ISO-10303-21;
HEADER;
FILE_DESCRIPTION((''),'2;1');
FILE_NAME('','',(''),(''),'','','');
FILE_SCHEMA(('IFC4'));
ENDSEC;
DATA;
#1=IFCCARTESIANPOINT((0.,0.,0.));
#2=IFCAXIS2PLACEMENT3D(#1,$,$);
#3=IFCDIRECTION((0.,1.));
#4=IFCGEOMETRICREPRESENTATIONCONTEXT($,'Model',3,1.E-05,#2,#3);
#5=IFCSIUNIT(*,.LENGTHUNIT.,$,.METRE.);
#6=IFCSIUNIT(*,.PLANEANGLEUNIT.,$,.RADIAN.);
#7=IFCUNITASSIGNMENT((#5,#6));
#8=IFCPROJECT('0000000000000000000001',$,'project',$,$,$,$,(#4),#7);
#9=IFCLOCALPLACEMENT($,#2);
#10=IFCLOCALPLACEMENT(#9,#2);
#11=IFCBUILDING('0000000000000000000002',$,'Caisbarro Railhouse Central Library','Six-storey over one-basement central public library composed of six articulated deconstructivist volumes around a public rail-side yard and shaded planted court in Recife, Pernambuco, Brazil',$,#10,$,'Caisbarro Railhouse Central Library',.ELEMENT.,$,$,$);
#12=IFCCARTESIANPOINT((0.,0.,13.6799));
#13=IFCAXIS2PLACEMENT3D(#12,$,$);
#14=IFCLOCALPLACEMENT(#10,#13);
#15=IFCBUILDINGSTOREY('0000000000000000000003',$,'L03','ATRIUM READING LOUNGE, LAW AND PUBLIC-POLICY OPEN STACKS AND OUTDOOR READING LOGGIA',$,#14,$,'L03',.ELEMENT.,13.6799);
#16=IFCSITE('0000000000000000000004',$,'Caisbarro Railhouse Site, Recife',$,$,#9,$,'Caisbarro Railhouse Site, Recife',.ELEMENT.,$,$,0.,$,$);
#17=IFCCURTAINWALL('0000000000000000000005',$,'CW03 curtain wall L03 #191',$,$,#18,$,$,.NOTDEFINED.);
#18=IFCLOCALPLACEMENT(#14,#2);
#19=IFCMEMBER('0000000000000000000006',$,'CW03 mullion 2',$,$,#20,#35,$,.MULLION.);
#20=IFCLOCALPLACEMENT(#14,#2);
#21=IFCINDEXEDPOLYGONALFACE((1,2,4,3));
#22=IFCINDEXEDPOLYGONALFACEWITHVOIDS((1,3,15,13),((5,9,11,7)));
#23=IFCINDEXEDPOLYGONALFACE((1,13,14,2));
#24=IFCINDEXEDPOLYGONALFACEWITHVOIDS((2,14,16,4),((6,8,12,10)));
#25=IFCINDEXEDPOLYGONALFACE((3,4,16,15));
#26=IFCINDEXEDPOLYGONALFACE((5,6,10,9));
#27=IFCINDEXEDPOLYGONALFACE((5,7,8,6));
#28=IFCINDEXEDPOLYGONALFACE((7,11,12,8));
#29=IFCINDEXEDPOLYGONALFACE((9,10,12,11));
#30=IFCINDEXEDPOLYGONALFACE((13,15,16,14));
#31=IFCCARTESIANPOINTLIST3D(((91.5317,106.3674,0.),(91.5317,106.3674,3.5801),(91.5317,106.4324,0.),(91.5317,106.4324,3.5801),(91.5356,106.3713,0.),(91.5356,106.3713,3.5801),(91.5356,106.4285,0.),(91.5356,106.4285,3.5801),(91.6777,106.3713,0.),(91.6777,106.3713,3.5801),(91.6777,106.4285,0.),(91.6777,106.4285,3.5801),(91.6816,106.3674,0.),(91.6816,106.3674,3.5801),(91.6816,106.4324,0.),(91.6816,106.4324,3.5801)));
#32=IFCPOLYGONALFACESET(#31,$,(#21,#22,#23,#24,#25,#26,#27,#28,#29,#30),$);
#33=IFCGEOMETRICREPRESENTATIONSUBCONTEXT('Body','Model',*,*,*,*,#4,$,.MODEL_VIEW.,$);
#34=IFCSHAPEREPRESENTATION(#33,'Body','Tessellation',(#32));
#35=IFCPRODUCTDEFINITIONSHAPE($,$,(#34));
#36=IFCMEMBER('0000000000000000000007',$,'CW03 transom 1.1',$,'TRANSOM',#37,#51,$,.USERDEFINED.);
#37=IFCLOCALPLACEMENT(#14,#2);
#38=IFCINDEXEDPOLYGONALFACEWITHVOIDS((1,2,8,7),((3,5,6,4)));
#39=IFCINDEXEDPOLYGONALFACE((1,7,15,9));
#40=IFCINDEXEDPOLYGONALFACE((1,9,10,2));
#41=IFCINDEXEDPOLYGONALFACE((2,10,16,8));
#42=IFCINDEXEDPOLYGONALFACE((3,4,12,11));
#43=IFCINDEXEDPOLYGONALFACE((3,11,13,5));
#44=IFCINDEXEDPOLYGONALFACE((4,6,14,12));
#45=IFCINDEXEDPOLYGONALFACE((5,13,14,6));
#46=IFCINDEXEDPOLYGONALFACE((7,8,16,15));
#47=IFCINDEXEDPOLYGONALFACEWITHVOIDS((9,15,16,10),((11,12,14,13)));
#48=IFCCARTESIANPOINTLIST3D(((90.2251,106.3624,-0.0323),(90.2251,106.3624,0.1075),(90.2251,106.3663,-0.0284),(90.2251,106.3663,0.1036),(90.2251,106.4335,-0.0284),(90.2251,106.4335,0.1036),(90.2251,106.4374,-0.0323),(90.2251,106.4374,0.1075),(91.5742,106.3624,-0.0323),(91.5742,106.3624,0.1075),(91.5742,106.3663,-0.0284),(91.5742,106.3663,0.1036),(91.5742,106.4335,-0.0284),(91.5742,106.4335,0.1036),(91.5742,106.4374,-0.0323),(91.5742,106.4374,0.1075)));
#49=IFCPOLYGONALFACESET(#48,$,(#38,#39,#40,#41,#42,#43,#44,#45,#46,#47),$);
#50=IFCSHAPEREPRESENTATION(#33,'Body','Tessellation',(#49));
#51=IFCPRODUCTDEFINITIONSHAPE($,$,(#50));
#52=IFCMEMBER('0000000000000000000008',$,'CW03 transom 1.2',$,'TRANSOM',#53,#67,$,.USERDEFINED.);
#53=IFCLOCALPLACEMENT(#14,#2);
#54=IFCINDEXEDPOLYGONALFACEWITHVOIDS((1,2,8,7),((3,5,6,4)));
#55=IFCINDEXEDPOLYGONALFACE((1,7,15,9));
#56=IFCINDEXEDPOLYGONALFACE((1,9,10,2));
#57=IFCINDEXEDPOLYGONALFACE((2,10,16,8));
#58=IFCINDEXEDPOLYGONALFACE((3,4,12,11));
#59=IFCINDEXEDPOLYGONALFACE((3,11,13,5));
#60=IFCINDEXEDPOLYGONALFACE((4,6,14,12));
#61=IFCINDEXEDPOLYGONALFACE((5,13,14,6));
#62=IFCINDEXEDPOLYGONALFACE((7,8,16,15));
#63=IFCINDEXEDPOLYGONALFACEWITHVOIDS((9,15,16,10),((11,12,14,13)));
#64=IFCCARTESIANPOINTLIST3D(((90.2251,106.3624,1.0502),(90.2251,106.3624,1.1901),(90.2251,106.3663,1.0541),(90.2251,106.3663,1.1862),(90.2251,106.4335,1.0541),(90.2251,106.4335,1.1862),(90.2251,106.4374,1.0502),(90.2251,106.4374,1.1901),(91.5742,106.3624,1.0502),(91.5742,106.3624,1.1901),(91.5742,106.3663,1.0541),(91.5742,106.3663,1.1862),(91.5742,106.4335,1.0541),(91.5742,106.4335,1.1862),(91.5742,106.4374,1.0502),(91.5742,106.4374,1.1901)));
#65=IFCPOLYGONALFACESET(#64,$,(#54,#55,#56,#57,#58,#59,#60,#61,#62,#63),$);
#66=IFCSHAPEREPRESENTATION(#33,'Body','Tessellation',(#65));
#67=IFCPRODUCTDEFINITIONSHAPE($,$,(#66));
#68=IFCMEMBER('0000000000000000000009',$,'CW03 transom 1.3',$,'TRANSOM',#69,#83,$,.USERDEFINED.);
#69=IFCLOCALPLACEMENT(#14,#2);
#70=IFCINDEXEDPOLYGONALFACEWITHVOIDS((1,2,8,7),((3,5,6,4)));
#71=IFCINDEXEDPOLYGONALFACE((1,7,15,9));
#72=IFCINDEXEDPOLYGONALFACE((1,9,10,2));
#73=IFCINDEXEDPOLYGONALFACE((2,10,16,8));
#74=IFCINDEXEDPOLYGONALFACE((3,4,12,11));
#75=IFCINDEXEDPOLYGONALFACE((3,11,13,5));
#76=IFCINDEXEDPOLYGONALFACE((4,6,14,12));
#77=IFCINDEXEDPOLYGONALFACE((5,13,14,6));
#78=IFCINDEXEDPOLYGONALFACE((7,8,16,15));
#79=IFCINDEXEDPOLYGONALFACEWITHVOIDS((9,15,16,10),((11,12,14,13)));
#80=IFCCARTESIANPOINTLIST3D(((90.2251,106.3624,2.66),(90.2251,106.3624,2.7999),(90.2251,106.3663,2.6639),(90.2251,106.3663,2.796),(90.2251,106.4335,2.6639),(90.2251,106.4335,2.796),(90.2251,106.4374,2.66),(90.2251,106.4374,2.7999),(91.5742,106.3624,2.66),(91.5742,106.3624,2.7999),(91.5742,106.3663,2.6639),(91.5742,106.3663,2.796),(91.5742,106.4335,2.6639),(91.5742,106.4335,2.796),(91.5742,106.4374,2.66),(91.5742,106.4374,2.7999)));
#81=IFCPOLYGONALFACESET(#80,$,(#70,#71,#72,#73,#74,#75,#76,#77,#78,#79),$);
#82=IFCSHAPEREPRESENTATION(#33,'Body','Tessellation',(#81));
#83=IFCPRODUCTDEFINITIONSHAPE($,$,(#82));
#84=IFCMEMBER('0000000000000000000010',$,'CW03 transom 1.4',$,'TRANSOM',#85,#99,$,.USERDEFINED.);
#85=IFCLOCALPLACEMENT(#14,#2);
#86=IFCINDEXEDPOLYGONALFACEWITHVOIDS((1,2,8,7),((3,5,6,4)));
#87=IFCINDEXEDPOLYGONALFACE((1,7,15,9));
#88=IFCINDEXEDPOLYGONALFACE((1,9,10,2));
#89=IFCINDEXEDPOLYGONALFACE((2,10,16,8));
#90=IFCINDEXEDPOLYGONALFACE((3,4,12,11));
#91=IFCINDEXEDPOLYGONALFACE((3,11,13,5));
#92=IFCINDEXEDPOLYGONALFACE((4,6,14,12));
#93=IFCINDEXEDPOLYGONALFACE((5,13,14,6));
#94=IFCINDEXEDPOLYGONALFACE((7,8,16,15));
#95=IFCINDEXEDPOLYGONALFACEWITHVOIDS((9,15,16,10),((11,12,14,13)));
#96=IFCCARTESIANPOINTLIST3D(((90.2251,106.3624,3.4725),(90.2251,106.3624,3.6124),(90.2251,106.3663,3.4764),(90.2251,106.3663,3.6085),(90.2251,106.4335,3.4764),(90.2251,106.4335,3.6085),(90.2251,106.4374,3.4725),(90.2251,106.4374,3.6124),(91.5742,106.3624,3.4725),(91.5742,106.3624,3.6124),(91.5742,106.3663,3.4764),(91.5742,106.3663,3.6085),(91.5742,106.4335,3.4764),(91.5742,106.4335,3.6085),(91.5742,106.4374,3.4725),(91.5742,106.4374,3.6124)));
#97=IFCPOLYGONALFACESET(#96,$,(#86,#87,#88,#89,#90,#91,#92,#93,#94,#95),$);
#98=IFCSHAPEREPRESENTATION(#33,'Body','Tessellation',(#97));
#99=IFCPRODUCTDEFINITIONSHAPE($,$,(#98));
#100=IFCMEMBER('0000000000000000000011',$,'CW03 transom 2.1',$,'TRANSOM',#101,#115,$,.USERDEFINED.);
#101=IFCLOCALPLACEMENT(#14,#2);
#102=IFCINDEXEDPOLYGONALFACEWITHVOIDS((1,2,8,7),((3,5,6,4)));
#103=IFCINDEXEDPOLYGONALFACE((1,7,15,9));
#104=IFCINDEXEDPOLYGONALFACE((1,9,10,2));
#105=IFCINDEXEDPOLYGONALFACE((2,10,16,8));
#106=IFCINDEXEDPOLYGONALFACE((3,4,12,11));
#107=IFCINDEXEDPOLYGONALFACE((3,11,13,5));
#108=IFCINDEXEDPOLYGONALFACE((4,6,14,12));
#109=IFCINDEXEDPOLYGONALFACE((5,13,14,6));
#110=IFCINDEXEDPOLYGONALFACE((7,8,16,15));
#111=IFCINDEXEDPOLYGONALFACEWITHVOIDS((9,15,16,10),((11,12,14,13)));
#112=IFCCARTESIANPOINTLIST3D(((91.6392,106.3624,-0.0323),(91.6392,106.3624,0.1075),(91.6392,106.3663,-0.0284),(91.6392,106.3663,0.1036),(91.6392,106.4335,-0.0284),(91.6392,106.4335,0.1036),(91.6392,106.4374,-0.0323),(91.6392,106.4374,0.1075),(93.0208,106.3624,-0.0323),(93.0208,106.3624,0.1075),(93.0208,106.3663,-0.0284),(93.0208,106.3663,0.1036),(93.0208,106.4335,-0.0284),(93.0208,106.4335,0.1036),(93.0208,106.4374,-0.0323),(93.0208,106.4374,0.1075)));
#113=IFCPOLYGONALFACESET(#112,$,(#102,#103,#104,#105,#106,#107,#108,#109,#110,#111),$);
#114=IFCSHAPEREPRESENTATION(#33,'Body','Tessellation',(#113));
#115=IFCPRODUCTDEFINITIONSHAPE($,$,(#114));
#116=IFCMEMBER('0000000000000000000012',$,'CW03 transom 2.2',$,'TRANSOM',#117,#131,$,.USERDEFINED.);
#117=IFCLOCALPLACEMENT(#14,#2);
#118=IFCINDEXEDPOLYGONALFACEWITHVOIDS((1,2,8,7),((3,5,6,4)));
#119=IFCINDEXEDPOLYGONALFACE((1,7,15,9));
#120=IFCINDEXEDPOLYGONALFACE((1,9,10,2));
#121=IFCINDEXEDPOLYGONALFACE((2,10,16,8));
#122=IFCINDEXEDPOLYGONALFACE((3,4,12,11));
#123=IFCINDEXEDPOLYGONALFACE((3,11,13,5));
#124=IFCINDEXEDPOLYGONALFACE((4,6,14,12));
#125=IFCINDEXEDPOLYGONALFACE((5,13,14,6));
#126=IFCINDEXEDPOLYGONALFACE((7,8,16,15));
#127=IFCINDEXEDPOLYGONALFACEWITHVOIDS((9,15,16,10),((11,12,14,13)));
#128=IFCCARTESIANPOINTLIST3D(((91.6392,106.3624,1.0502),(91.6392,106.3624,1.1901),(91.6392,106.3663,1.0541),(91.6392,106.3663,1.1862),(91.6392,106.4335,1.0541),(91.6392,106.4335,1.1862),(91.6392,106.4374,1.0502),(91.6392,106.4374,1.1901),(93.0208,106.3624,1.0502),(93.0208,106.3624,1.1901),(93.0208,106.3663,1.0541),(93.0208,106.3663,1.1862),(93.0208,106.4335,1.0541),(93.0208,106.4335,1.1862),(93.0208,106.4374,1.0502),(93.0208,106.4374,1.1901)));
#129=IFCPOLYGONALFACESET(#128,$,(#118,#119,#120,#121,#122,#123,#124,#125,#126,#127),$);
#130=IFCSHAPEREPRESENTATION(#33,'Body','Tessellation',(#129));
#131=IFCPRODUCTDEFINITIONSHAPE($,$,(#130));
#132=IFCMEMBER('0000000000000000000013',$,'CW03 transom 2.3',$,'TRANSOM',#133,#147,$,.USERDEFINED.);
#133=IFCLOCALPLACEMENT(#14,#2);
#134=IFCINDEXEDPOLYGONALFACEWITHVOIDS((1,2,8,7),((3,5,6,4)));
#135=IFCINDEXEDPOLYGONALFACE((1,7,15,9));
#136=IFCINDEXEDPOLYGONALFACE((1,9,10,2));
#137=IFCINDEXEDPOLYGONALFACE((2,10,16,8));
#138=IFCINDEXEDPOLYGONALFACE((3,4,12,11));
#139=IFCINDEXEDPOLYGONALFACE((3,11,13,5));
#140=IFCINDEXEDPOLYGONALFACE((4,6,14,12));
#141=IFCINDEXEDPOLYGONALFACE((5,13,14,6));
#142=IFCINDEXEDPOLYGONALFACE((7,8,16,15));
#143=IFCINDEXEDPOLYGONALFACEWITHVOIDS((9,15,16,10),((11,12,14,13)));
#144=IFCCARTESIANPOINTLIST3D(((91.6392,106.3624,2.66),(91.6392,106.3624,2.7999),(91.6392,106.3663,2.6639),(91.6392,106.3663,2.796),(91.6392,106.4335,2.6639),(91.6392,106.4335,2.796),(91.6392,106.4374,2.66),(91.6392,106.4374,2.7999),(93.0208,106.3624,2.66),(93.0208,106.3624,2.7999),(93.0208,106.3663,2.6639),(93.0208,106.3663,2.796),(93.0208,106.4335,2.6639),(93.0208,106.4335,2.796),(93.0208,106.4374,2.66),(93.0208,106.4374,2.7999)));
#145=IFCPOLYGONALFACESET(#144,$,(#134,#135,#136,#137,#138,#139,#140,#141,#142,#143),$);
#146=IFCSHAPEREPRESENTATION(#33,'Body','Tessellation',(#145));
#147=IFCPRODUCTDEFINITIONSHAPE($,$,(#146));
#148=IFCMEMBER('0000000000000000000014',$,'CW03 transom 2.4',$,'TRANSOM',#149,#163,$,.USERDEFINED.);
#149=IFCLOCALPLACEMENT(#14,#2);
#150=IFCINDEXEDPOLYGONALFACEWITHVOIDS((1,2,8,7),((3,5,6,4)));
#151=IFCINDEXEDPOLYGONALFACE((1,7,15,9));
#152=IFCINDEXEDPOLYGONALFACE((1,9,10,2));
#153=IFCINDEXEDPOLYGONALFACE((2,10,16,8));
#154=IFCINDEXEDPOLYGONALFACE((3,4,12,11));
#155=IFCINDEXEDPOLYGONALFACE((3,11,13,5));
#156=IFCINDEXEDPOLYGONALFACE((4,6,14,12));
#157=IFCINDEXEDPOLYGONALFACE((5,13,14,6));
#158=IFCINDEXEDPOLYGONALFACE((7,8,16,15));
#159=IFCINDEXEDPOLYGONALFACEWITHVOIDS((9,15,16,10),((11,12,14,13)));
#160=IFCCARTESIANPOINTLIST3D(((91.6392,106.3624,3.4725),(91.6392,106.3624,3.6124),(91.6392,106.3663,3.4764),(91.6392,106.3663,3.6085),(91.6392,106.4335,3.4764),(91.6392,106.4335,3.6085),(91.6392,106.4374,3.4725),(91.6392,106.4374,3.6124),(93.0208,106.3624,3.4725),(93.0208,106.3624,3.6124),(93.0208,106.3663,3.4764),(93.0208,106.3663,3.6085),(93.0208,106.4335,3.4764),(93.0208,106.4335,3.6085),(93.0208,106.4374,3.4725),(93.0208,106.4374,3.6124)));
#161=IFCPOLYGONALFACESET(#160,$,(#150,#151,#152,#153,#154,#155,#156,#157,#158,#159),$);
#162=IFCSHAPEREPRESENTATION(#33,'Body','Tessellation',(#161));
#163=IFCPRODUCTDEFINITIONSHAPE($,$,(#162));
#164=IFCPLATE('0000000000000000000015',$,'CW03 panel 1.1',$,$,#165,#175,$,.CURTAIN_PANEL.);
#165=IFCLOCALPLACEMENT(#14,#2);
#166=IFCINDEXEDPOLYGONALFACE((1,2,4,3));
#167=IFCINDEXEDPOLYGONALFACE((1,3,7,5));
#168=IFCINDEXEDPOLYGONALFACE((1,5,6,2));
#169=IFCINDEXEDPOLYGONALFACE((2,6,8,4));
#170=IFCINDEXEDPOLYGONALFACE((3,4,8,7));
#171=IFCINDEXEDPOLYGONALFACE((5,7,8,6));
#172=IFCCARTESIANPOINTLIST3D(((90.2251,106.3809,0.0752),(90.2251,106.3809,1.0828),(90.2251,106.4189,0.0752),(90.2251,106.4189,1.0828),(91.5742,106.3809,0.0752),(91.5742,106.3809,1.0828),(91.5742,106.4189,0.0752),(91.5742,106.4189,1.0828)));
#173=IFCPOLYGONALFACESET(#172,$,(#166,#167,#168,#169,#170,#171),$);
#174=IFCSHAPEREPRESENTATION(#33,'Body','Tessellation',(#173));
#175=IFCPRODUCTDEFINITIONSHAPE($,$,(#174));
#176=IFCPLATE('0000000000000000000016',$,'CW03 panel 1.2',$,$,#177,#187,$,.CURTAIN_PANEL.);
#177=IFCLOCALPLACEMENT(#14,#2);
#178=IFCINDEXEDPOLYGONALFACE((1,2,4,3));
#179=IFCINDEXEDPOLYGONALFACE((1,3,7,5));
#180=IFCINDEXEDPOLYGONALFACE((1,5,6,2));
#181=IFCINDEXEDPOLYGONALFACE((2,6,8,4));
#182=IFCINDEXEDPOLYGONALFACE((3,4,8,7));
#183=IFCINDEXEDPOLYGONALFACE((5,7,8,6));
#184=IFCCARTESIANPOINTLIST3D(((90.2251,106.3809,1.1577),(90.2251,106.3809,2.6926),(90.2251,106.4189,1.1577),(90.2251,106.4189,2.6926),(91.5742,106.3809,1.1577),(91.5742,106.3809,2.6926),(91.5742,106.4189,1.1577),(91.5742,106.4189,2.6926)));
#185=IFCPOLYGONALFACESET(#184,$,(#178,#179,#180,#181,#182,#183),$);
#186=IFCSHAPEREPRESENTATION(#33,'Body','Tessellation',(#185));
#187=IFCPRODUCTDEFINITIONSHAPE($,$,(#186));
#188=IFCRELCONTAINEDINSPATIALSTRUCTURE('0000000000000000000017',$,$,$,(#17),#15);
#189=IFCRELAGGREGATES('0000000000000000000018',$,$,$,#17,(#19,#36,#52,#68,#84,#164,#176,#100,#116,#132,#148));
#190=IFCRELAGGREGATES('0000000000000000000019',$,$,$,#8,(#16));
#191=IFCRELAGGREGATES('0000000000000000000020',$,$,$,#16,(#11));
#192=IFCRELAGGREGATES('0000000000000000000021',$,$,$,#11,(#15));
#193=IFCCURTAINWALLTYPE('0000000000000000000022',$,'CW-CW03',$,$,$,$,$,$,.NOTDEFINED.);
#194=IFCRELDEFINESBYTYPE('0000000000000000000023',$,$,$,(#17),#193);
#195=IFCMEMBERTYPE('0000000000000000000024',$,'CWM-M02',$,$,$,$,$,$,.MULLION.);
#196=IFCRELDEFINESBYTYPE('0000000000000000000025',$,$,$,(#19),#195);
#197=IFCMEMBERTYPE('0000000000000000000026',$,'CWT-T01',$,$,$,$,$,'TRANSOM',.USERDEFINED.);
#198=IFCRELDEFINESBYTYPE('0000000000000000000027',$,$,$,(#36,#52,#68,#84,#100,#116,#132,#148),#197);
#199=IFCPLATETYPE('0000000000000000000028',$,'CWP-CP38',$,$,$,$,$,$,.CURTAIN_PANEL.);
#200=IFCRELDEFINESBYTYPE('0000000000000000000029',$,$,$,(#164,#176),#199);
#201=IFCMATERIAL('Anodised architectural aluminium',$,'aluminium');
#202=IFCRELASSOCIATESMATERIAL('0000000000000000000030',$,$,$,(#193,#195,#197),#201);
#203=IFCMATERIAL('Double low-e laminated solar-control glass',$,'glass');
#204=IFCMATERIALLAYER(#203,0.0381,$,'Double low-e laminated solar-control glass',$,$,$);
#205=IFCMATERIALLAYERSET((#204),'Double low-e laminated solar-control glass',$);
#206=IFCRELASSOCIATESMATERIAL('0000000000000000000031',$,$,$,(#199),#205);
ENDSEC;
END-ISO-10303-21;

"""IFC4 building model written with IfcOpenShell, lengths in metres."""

from ifc_helpers import new_model, si_unit, direction, frame, origin, origin_2d, place, context, subcontext, project, spatial, rectangle, hollow_rectangle, extrude, material, layer, layer_set, material_profile, profile_set, type_object, element, aggregate, save


model = new_model("IFC4")

# Units and contexts
model_context = context("Model", 3, precision=1e-05, world=origin(), true_north=direction((0.0, 1.0)))
body_context = subcontext(model_context, "Body", "Model", "MODEL_VIEW")
ifc_project = project(units=[si_unit("LENGTHUNIT", "METRE"), si_unit("PLANEANGLEUNIT", "RADIAN")], contexts=[model_context])

# Site, building, storey
site_placement = place(None, origin())
site = spatial("IfcSite", under=ifc_project, at=site_placement, Name="Caisbarro Railhouse Site, Recife", LongName="Caisbarro Railhouse Site, Recife", CompositionType="ELEMENT", RefElevation=0.0)
building_placement = place(site_placement, origin())
building = spatial("IfcBuilding", under=site, at=building_placement, Name="Caisbarro Railhouse Central Library", Description="Six-storey over one-basement central public library composed of six articulated deconstructivist volumes around a public rail-side yard and shaded planted court in Recife, Pernambuco, Brazil", LongName="Caisbarro Railhouse Central Library", CompositionType="ELEMENT")
storey_placement = place(building_placement, frame((0.0, 0.0, 13.6799)))
storey = spatial("IfcBuildingStorey", under=building, at=storey_placement, Name="L03", Description="ATRIUM READING LOUNGE, LAW AND PUBLIC-POLICY OPEN STACKS AND OUTDOOR READING LOGGIA", LongName="L03", CompositionType="ELEMENT", Elevation=13.6799)

# Curtain wall, members, plates
ifc_material_1 = material(Name="Anodised architectural aluminium", Category="aluminium")
curtain_wall_type = type_object("IfcCurtainWallType", Name="CW-CW03", PredefinedType="NOTDEFINED", material=ifc_material_1)
curtain_wall_placement = place(storey_placement, origin())
curtain_wall = element("IfcCurtainWall", 1, at=curtain_wall_placement, inside=storey, type_object=curtain_wall_type, Name="CW03 curtain wall L03 #191", PredefinedType="NOTDEFINED")
ifc_material_profile_1 = material_profile(ifc_material_1, hollow_rectangle(XDim=0.0649, YDim=0.1499, WallThickness=0.0039, at=origin_2d()), Name="ALU-MUL-65X150")
ifc_profile_set_1 = profile_set([ifc_material_profile_1], Name="Anodised architectural aluminium")
member_type_1 = type_object("IfcMemberType", Name="CWM-M02", PredefinedType="MULLION", material=ifc_profile_set_1)
member_1_placement = place(storey_placement, frame((91.6067, 106.3999, 0.0), z_axis=(0.0, 0.0, 1.0), x_axis=(0.0, 1.0, 0.0)))
member_1 = element("IfcMember", 2, at=member_1_placement, type_object=member_type_1, Name="CW03 mullion 2", PredefinedType="MULLION", context=body_context, shape_type="SweptSolid", body=[
    extrude(hollow_rectangle(XDim=0.0649, YDim=0.1499, WallThickness=0.0039, at=origin_2d()), origin(), (0.0, 0.0, 1.0), 3.5801),
])
ifc_material_profile_2 = material_profile(ifc_material_1, hollow_rectangle(XDim=0.075, YDim=0.1399, WallThickness=0.0039, at=origin_2d()), Name="ALU-TRN-75X140")
ifc_profile_set_2 = profile_set([ifc_material_profile_2], Name="Anodised architectural aluminium")
member_type_2 = type_object("IfcMemberType", Name="CWT-T01", ElementType="TRANSOM", PredefinedType="USERDEFINED", material=ifc_profile_set_2)
member_2_placement = place(storey_placement, frame((90.2251, 106.3999, 0.0376), z_axis=(1.0, 0.0, 0.0), x_axis=(0.0, 1.0, 0.0)))
member_2 = element("IfcMember", 3, at=member_2_placement, type_object=member_type_2, Name="CW03 transom 1.1", ObjectType="TRANSOM", PredefinedType="USERDEFINED", context=body_context, shape_type="SweptSolid", body=[
    extrude(hollow_rectangle(XDim=0.075, YDim=0.1399, WallThickness=0.0039, at=origin_2d()), origin(), (0.0, 0.0, 1.0), 1.3491),
])
member_3_placement = place(storey_placement, frame((90.2251, 106.3999, 1.1201), z_axis=(1.0, 0.0, 0.0), x_axis=(0.0, 1.0, 0.0)))
member_3 = element("IfcMember", 4, at=member_3_placement, type_object=member_type_2, Name="CW03 transom 1.2", ObjectType="TRANSOM", PredefinedType="USERDEFINED", context=body_context, shape_type="SweptSolid", body=[
    extrude(hollow_rectangle(XDim=0.075, YDim=0.1399, WallThickness=0.0039, at=origin_2d()), origin(), (0.0, 0.0, 1.0), 1.3491),
])
member_4_placement = place(storey_placement, frame((90.2251, 106.3999, 2.73), z_axis=(1.0, 0.0, 0.0), x_axis=(0.0, 1.0, 0.0)))
member_4 = element("IfcMember", 5, at=member_4_placement, type_object=member_type_2, Name="CW03 transom 1.3", ObjectType="TRANSOM", PredefinedType="USERDEFINED", context=body_context, shape_type="SweptSolid", body=[
    extrude(hollow_rectangle(XDim=0.075, YDim=0.1399, WallThickness=0.0039, at=origin_2d()), origin(), (0.0, 0.0, 1.0), 1.3491),
])
member_5_placement = place(storey_placement, frame((90.2251, 106.3999, 3.5425), z_axis=(1.0, 0.0, 0.0), x_axis=(0.0, 1.0, 0.0)))
member_5 = element("IfcMember", 6, at=member_5_placement, type_object=member_type_2, Name="CW03 transom 1.4", ObjectType="TRANSOM", PredefinedType="USERDEFINED", context=body_context, shape_type="SweptSolid", body=[
    extrude(hollow_rectangle(XDim=0.075, YDim=0.1399, WallThickness=0.0039, at=origin_2d()), origin(), (0.0, 0.0, 1.0), 1.3491),
])
member_6_placement = place(storey_placement, frame((91.6392, 106.3999, 0.0376), z_axis=(1.0, 0.0, 0.0), x_axis=(0.0, 1.0, 0.0)))
member_6 = element("IfcMember", 7, at=member_6_placement, type_object=member_type_2, Name="CW03 transom 2.1", ObjectType="TRANSOM", PredefinedType="USERDEFINED", context=body_context, shape_type="SweptSolid", body=[
    extrude(hollow_rectangle(XDim=0.075, YDim=0.1399, WallThickness=0.0039, at=origin_2d()), origin(), (0.0, 0.0, 1.0), 1.3816),
])
member_7_placement = place(storey_placement, frame((91.6392, 106.3999, 1.1201), z_axis=(1.0, 0.0, 0.0), x_axis=(0.0, 1.0, 0.0)))
member_7 = element("IfcMember", 8, at=member_7_placement, type_object=member_type_2, Name="CW03 transom 2.2", ObjectType="TRANSOM", PredefinedType="USERDEFINED", context=body_context, shape_type="SweptSolid", body=[
    extrude(hollow_rectangle(XDim=0.075, YDim=0.1399, WallThickness=0.0039, at=origin_2d()), origin(), (0.0, 0.0, 1.0), 1.3816),
])
member_8_placement = place(storey_placement, frame((91.6392, 106.3999, 2.73), z_axis=(1.0, 0.0, 0.0), x_axis=(0.0, 1.0, 0.0)))
member_8 = element("IfcMember", 9, at=member_8_placement, type_object=member_type_2, Name="CW03 transom 2.3", ObjectType="TRANSOM", PredefinedType="USERDEFINED", context=body_context, shape_type="SweptSolid", body=[
    extrude(hollow_rectangle(XDim=0.075, YDim=0.1399, WallThickness=0.0039, at=origin_2d()), origin(), (0.0, 0.0, 1.0), 1.3816),
])
member_9_placement = place(storey_placement, frame((91.6392, 106.3999, 3.5425), z_axis=(1.0, 0.0, 0.0), x_axis=(0.0, 1.0, 0.0)))
member_9 = element("IfcMember", 10, at=member_9_placement, type_object=member_type_2, Name="CW03 transom 2.4", ObjectType="TRANSOM", PredefinedType="USERDEFINED", context=body_context, shape_type="SweptSolid", body=[
    extrude(hollow_rectangle(XDim=0.075, YDim=0.1399, WallThickness=0.0039, at=origin_2d()), origin(), (0.0, 0.0, 1.0), 1.3816),
])
ifc_material_2 = material(Name="Double low-e laminated solar-control glass", Category="glass")
ifc_layer_1 = layer(ifc_material_2, 0.0381, Name="Double low-e laminated solar-control glass")
ifc_layer_set_1 = layer_set([ifc_layer_1], Name="Double low-e laminated solar-control glass")
plate_type = type_object("IfcPlateType", Name="CWP-CP38", PredefinedType="CURTAIN_PANEL", material=ifc_layer_set_1)
plate_1_placement = place(storey_placement, frame((90.8997, 106.3999, 0.0752), z_axis=(0.0, 0.0, 1.0), x_axis=(1.0, 0.0, 0.0)))
plate_1 = element("IfcPlate", 11, at=plate_1_placement, type_object=plate_type, Name="CW03 panel 1.1", PredefinedType="CURTAIN_PANEL", context=body_context, shape_type="SweptSolid", body=[
    extrude(rectangle(XDim=1.3491, YDim=0.0381, at=origin_2d()), origin(), (0.0, 0.0, 1.0), 1.0076),
])
plate_2_placement = place(storey_placement, frame((90.8997, 106.3999, 1.1577), z_axis=(0.0, 0.0, 1.0), x_axis=(1.0, 0.0, 0.0)))
plate_2 = element("IfcPlate", 12, at=plate_2_placement, type_object=plate_type, Name="CW03 panel 1.2", PredefinedType="CURTAIN_PANEL", context=body_context, shape_type="SweptSolid", body=[
    extrude(rectangle(XDim=1.3491, YDim=0.0381, at=origin_2d()), origin(), (0.0, 0.0, 1.0), 1.5349),
])
aggregate(curtain_wall, [member_1, member_2, member_3, member_4, member_5, plate_1, plate_2, member_6, member_7, member_8, member_9])

save(model, "model.ifc")
